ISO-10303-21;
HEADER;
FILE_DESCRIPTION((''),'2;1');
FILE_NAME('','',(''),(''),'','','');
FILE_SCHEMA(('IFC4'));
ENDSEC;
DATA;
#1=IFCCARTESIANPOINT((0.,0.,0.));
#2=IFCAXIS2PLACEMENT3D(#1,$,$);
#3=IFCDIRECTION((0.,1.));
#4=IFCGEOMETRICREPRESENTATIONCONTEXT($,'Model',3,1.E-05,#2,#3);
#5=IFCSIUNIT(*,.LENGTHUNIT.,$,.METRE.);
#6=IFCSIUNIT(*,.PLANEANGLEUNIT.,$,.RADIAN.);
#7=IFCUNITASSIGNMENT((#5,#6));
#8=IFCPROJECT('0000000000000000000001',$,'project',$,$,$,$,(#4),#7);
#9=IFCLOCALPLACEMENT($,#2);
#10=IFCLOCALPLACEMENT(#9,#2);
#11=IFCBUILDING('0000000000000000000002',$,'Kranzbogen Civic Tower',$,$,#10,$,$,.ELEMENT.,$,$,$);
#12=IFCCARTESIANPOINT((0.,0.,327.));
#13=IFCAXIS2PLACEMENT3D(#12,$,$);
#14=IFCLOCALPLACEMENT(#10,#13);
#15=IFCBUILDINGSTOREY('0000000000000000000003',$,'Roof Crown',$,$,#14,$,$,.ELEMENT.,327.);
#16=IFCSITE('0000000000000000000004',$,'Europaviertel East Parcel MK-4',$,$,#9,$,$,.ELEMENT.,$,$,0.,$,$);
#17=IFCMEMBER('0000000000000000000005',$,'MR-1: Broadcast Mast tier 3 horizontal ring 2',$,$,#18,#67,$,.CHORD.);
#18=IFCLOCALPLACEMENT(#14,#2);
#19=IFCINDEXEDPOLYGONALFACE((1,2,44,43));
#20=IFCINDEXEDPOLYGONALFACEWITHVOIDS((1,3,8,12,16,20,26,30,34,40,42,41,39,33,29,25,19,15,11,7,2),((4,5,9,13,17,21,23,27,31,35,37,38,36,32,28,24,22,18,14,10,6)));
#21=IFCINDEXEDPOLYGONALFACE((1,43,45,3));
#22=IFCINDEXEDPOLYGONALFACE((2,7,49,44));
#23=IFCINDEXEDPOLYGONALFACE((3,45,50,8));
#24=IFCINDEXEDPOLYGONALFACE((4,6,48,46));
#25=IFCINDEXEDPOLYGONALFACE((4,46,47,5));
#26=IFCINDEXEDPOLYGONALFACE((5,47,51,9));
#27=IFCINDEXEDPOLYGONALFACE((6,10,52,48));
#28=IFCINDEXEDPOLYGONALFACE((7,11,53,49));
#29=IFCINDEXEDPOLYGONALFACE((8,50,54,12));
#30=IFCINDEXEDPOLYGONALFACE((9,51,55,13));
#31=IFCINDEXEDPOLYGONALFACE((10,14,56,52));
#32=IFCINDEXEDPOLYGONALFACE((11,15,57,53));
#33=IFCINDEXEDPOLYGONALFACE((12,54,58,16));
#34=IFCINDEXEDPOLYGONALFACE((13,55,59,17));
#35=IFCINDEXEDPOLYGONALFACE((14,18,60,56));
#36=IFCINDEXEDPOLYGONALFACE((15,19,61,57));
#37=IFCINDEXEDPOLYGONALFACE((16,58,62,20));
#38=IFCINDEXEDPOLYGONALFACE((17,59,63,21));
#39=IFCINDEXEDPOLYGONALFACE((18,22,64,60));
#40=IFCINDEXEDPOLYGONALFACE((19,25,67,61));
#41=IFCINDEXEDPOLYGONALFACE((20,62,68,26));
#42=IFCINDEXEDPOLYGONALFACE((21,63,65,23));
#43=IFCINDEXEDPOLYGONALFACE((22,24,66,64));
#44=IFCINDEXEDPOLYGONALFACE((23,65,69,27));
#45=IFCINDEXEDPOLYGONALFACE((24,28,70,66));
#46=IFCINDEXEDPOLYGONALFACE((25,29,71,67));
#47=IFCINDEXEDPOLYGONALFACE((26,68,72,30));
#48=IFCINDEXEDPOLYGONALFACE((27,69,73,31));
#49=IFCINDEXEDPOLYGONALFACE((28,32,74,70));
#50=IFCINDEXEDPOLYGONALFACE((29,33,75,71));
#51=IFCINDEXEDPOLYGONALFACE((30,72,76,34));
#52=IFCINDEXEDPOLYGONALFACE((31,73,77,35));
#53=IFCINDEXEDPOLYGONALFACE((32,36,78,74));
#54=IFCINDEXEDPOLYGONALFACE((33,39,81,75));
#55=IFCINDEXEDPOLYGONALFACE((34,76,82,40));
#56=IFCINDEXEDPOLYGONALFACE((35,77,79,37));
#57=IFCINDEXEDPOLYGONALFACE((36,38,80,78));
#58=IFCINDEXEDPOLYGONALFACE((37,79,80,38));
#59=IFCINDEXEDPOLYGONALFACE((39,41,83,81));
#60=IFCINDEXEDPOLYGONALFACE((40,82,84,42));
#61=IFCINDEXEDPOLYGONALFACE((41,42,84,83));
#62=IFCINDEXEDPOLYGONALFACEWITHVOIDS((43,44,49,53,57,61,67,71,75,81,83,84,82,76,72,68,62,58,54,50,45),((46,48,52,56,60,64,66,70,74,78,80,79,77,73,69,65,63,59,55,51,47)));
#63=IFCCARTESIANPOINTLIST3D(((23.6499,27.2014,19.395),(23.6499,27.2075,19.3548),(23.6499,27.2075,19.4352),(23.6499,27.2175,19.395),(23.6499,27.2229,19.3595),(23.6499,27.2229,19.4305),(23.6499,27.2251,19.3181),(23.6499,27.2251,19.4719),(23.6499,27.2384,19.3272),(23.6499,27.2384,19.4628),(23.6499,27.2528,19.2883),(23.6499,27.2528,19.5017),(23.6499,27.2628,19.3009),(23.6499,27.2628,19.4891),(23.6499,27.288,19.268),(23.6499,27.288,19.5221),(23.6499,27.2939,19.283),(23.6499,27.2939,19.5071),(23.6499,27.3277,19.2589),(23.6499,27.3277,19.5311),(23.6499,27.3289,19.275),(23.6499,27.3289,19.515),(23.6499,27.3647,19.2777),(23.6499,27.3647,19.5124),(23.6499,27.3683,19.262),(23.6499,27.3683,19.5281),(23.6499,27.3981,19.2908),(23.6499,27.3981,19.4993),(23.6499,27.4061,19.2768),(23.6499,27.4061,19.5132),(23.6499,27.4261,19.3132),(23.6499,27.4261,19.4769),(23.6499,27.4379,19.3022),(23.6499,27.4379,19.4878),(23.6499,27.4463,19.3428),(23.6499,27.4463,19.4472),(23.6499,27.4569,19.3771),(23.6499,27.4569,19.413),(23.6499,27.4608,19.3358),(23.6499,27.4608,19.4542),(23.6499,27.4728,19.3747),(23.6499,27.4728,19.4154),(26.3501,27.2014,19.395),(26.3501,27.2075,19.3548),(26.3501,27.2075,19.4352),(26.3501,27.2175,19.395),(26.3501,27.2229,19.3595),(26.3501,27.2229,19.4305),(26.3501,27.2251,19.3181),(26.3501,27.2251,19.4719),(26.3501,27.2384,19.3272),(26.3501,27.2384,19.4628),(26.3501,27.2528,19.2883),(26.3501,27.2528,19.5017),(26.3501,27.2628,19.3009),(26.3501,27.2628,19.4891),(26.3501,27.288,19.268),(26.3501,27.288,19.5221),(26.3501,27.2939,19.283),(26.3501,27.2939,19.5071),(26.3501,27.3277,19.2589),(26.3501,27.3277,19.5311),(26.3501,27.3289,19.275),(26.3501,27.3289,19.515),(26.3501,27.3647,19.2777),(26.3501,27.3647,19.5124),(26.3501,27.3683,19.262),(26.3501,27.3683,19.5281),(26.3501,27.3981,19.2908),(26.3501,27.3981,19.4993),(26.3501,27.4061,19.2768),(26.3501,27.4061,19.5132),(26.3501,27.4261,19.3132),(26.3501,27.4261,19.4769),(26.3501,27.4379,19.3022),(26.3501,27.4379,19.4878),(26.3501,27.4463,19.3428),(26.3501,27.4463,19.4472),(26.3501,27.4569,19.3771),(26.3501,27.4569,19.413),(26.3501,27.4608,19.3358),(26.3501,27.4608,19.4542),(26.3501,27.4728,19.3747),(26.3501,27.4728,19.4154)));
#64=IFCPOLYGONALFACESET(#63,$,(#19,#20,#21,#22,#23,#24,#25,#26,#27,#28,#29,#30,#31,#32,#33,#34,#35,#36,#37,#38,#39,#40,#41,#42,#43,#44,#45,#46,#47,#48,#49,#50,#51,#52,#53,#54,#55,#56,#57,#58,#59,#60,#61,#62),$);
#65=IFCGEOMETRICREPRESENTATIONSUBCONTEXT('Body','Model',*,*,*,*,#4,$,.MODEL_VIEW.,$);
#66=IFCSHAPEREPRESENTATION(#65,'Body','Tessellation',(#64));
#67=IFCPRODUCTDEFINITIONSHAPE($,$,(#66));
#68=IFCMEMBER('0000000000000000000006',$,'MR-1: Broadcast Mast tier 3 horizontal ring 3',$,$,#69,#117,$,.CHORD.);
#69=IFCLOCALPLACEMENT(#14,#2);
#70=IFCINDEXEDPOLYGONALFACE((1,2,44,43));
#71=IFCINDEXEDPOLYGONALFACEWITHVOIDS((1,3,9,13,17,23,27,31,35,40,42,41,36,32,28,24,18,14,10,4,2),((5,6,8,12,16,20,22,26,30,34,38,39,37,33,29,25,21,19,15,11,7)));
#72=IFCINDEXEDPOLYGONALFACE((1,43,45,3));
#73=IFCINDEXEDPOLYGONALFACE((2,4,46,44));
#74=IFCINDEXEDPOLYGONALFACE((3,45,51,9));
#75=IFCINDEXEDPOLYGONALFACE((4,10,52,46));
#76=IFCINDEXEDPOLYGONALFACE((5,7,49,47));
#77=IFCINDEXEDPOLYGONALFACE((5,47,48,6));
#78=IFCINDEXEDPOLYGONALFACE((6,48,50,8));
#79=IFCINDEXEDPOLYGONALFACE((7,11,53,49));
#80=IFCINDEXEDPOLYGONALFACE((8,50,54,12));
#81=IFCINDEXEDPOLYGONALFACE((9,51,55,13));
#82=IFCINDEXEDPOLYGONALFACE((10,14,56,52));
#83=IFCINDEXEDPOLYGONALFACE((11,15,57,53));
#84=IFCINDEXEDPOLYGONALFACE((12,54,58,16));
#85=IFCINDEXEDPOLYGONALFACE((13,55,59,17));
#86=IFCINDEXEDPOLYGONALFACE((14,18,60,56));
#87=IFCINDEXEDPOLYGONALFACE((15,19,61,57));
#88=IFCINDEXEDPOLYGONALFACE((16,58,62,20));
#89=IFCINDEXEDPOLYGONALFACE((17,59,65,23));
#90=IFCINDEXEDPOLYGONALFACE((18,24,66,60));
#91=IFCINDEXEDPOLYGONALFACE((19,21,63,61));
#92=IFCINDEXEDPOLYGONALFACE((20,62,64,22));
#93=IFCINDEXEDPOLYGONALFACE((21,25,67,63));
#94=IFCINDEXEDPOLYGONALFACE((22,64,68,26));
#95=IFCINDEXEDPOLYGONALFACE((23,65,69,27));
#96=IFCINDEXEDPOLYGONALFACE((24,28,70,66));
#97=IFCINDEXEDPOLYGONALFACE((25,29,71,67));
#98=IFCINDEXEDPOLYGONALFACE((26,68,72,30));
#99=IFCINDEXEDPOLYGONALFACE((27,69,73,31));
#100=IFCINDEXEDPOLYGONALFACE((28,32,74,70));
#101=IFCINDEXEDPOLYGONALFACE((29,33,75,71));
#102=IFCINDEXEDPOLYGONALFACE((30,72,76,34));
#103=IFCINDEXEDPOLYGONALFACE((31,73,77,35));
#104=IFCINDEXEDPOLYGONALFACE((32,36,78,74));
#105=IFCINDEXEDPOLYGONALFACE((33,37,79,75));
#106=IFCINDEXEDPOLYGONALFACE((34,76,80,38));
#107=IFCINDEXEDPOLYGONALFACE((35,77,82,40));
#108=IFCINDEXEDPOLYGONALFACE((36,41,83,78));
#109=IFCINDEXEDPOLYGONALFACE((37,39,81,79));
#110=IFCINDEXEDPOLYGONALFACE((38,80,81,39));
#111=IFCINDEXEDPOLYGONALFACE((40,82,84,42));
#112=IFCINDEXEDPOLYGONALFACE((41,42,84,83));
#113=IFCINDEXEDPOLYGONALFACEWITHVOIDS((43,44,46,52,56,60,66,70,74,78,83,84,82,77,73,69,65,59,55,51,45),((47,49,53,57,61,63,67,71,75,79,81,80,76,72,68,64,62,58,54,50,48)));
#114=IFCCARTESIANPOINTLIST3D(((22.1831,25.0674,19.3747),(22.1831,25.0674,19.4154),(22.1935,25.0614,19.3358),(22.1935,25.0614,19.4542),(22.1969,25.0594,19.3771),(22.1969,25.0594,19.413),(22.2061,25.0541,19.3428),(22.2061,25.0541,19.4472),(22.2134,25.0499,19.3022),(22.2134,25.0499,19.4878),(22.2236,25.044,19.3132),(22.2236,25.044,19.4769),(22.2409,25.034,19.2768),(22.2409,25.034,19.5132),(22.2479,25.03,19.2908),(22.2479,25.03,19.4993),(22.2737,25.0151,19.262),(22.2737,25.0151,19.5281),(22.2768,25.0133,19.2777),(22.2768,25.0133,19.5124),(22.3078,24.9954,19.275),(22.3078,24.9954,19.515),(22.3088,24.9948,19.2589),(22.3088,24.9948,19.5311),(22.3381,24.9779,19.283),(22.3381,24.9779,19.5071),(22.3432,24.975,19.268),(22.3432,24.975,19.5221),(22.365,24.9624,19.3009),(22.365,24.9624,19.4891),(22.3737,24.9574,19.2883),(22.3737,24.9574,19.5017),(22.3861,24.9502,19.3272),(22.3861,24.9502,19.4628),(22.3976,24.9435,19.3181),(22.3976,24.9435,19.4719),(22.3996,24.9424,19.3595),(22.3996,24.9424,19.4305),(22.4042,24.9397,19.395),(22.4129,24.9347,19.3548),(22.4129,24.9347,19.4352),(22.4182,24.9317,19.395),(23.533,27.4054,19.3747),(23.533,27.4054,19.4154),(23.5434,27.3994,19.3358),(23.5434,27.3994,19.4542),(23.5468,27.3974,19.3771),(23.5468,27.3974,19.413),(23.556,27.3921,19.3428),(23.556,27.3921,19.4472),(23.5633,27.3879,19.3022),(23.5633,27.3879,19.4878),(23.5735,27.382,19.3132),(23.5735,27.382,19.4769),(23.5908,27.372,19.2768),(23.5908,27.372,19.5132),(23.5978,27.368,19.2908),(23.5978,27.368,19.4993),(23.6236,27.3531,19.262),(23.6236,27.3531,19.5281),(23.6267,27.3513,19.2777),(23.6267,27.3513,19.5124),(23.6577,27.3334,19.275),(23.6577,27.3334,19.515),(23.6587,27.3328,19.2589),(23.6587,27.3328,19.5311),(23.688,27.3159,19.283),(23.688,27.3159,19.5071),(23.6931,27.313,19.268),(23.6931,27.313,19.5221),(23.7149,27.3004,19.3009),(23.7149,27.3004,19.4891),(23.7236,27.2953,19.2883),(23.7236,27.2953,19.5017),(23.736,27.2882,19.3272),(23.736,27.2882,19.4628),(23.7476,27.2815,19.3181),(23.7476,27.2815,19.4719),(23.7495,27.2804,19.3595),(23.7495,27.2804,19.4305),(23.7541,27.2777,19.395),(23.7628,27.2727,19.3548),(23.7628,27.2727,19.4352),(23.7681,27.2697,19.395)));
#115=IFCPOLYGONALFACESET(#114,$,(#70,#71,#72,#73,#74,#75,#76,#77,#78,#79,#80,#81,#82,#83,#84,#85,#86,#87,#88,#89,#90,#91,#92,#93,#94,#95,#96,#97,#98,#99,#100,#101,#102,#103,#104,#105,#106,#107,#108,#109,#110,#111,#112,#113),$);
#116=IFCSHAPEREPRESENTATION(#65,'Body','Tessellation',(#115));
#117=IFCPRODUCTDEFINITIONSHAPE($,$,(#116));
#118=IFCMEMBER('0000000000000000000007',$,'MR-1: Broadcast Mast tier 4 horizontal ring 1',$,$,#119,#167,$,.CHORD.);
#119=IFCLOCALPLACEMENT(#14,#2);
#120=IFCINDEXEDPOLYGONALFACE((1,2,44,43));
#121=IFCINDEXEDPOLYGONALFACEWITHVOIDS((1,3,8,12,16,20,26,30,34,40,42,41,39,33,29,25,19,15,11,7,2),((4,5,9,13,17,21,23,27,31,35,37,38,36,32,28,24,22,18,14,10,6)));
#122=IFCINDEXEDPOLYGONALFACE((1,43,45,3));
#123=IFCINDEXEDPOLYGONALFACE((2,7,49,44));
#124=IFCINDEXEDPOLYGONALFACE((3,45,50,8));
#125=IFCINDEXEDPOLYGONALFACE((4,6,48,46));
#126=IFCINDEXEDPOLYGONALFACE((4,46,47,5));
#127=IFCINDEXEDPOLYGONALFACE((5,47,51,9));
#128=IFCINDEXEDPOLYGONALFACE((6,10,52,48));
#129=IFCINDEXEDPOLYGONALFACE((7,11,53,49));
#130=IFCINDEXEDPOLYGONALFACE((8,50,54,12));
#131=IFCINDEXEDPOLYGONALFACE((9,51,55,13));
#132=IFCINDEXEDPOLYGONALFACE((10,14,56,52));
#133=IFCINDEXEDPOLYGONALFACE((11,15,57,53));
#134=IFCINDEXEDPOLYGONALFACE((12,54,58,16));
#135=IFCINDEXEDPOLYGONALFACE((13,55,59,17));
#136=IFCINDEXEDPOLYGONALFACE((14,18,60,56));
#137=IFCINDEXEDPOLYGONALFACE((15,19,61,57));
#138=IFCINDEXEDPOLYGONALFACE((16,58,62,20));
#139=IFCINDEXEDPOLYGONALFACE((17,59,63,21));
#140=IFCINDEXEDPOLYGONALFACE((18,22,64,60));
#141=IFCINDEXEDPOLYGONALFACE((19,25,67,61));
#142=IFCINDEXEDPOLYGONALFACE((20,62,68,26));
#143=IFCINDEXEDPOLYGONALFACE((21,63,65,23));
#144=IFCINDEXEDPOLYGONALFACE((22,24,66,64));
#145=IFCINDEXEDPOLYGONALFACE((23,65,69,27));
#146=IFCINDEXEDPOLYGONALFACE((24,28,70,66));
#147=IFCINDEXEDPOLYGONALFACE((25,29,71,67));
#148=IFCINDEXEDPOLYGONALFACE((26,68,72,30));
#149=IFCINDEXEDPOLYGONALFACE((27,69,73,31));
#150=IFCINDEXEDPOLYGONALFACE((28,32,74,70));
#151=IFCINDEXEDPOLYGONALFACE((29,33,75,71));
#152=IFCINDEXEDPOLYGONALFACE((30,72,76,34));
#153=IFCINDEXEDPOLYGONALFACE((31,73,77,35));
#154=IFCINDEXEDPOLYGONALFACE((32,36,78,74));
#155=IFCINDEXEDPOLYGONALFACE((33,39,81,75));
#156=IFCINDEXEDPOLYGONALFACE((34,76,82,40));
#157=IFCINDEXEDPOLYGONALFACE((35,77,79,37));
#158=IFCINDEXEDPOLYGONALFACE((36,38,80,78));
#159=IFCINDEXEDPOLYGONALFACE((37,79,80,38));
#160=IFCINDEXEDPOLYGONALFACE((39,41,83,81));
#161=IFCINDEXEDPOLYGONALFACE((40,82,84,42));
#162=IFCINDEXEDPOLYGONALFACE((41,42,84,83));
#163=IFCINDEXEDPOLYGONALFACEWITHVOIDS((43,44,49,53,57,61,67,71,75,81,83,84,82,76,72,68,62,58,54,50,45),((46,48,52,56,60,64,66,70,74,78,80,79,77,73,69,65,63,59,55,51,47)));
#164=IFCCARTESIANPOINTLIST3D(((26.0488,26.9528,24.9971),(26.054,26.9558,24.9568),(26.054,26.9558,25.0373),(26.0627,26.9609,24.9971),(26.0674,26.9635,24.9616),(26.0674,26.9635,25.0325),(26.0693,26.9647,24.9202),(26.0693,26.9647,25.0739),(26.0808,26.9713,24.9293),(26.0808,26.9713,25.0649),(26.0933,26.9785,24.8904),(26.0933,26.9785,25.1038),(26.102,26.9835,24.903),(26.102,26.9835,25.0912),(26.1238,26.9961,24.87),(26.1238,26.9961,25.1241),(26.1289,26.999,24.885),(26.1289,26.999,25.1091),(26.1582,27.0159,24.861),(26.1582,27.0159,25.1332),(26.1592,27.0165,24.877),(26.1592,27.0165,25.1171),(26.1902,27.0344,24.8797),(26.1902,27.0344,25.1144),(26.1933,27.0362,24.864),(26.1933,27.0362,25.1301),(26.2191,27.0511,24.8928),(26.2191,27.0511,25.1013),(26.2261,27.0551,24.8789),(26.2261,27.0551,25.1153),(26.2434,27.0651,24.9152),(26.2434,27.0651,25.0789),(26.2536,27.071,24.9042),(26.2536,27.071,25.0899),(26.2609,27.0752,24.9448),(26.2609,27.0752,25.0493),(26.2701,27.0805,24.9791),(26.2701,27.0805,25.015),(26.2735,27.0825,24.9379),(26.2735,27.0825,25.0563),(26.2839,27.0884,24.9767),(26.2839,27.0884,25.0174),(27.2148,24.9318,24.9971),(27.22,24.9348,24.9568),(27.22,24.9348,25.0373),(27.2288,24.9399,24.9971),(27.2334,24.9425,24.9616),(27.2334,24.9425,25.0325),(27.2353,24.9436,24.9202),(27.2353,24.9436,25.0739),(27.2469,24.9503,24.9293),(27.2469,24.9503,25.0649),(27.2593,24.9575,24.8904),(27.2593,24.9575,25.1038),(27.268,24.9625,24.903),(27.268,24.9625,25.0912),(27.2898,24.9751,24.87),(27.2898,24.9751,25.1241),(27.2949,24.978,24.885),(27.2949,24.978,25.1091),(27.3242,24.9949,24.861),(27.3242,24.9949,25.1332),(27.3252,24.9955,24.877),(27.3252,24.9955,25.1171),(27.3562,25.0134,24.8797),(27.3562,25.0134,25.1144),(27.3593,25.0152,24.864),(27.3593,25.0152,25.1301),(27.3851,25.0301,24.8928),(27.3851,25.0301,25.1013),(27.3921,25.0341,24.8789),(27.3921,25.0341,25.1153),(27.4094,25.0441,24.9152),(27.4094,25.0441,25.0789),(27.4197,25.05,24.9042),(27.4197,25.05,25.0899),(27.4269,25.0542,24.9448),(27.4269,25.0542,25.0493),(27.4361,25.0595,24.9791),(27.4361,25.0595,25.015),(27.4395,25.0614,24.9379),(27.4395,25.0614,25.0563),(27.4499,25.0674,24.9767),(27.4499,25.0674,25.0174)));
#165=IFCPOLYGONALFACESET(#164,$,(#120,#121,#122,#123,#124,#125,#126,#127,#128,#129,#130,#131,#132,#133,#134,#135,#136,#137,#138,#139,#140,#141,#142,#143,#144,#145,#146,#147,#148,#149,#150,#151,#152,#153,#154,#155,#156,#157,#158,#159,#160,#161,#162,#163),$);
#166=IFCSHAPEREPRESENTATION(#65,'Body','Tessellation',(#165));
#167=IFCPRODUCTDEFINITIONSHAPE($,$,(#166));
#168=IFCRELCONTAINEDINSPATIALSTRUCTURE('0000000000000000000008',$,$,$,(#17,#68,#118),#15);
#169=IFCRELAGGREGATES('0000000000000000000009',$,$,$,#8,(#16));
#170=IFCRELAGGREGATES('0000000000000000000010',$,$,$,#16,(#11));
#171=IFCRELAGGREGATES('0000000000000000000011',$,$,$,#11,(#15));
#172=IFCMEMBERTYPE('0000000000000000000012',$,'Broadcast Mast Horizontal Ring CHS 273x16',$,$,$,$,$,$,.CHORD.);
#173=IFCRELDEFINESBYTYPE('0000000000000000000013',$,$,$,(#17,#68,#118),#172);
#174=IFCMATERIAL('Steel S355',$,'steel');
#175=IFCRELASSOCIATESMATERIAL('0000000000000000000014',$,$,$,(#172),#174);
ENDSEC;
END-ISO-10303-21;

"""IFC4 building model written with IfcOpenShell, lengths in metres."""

from ifc_helpers import new_model, si_unit, direction, frame, origin, origin_2d, place, context, subcontext, project, spatial, hollow_circle, extrude, material, material_profile, profile_set, type_object, element, save


model = new_model("IFC4")

# Units and contexts
model_context = context("Model", 3, precision=1e-05, world=origin(), true_north=direction((0.0, 1.0)))
body_context = subcontext(model_context, "Body", "Model", "MODEL_VIEW")
ifc_project = project(units=[si_unit("LENGTHUNIT", "METRE"), si_unit("PLANEANGLEUNIT", "RADIAN")], contexts=[model_context])

# Site, building, storey
site_placement = place(None, origin())
site = spatial("IfcSite", under=ifc_project, at=site_placement, Name="Europaviertel East Parcel MK-4", CompositionType="ELEMENT", RefElevation=0.0)
building_placement = place(site_placement, origin())
building = spatial("IfcBuilding", under=site, at=building_placement, Name="Kranzbogen Civic Tower", CompositionType="ELEMENT")
storey_placement = place(building_placement, frame((0.0, 0.0, 327.0)))
storey = spatial("IfcBuildingStorey", under=building, at=storey_placement, Name="Roof Crown", CompositionType="ELEMENT", Elevation=327.0)

# Members
ifc_material = material(Name="Steel S355", Category="steel")
ifc_material_profile_1 = material_profile(ifc_material, hollow_circle(Radius=0.1365, WallThickness=0.0161, at=origin_2d()), Name="CHS 273x16")
ifc_profile_set_1 = profile_set([ifc_material_profile_1], Name="Steel S355")
member_type_1 = type_object("IfcMemberType", Name="Broadcast Mast Horizontal Ring CHS 273x16", PredefinedType="CHORD", material=ifc_profile_set_1)
member_1_placement = place(storey_placement, frame((26.3501, 27.3379, 19.395), z_axis=(-1.0, 0.0, 0.0), x_axis=(0.0, -1.0, 0.0)))
element("IfcMember", 1, at=member_1_placement, inside=storey, type_object=member_type_1, Name="MR-1: Broadcast Mast tier 3 horizontal ring 2", PredefinedType="CHORD", context=body_context, shape_type="SweptSolid", body=[
    extrude(hollow_circle(Radius=0.1365, WallThickness=0.0161, at=origin_2d()), origin(), (0.0, 0.0, 1.0), 2.7002),
])
member_2_placement = place(storey_placement, frame((23.6499, 27.3379, 19.395), z_axis=(-0.50002, -0.866014, 0.0), x_axis=(0.866014, -0.50002, 0.0)))
element("IfcMember", 2, at=member_2_placement, inside=storey, type_object=member_type_1, Name="MR-1: Broadcast Mast tier 3 horizontal ring 3", PredefinedType="CHORD", context=body_context, shape_type="SweptSolid", body=[
    extrude(hollow_circle(Radius=0.1365, WallThickness=0.0161, at=origin_2d()), origin(), (0.0, 0.0, 1.0), 2.6997),
])
member_3_placement = place(storey_placement, frame((27.333, 25.0, 24.9971), z_axis=(-0.499741, 0.866175, 0.0), x_axis=(-0.866175, -0.499741, 0.0)))
element("IfcMember", 3, at=member_3_placement, inside=storey, type_object=member_type_1, Name="MR-1: Broadcast Mast tier 4 horizontal ring 1", PredefinedType="CHORD", context=body_context, shape_type="SweptSolid", body=[
    extrude(hollow_circle(Radius=0.1365, WallThickness=0.0161, at=origin_2d()), origin(), (0.0, 0.0, 1.0), 2.3333),
])

save(model, "model.ifc")
